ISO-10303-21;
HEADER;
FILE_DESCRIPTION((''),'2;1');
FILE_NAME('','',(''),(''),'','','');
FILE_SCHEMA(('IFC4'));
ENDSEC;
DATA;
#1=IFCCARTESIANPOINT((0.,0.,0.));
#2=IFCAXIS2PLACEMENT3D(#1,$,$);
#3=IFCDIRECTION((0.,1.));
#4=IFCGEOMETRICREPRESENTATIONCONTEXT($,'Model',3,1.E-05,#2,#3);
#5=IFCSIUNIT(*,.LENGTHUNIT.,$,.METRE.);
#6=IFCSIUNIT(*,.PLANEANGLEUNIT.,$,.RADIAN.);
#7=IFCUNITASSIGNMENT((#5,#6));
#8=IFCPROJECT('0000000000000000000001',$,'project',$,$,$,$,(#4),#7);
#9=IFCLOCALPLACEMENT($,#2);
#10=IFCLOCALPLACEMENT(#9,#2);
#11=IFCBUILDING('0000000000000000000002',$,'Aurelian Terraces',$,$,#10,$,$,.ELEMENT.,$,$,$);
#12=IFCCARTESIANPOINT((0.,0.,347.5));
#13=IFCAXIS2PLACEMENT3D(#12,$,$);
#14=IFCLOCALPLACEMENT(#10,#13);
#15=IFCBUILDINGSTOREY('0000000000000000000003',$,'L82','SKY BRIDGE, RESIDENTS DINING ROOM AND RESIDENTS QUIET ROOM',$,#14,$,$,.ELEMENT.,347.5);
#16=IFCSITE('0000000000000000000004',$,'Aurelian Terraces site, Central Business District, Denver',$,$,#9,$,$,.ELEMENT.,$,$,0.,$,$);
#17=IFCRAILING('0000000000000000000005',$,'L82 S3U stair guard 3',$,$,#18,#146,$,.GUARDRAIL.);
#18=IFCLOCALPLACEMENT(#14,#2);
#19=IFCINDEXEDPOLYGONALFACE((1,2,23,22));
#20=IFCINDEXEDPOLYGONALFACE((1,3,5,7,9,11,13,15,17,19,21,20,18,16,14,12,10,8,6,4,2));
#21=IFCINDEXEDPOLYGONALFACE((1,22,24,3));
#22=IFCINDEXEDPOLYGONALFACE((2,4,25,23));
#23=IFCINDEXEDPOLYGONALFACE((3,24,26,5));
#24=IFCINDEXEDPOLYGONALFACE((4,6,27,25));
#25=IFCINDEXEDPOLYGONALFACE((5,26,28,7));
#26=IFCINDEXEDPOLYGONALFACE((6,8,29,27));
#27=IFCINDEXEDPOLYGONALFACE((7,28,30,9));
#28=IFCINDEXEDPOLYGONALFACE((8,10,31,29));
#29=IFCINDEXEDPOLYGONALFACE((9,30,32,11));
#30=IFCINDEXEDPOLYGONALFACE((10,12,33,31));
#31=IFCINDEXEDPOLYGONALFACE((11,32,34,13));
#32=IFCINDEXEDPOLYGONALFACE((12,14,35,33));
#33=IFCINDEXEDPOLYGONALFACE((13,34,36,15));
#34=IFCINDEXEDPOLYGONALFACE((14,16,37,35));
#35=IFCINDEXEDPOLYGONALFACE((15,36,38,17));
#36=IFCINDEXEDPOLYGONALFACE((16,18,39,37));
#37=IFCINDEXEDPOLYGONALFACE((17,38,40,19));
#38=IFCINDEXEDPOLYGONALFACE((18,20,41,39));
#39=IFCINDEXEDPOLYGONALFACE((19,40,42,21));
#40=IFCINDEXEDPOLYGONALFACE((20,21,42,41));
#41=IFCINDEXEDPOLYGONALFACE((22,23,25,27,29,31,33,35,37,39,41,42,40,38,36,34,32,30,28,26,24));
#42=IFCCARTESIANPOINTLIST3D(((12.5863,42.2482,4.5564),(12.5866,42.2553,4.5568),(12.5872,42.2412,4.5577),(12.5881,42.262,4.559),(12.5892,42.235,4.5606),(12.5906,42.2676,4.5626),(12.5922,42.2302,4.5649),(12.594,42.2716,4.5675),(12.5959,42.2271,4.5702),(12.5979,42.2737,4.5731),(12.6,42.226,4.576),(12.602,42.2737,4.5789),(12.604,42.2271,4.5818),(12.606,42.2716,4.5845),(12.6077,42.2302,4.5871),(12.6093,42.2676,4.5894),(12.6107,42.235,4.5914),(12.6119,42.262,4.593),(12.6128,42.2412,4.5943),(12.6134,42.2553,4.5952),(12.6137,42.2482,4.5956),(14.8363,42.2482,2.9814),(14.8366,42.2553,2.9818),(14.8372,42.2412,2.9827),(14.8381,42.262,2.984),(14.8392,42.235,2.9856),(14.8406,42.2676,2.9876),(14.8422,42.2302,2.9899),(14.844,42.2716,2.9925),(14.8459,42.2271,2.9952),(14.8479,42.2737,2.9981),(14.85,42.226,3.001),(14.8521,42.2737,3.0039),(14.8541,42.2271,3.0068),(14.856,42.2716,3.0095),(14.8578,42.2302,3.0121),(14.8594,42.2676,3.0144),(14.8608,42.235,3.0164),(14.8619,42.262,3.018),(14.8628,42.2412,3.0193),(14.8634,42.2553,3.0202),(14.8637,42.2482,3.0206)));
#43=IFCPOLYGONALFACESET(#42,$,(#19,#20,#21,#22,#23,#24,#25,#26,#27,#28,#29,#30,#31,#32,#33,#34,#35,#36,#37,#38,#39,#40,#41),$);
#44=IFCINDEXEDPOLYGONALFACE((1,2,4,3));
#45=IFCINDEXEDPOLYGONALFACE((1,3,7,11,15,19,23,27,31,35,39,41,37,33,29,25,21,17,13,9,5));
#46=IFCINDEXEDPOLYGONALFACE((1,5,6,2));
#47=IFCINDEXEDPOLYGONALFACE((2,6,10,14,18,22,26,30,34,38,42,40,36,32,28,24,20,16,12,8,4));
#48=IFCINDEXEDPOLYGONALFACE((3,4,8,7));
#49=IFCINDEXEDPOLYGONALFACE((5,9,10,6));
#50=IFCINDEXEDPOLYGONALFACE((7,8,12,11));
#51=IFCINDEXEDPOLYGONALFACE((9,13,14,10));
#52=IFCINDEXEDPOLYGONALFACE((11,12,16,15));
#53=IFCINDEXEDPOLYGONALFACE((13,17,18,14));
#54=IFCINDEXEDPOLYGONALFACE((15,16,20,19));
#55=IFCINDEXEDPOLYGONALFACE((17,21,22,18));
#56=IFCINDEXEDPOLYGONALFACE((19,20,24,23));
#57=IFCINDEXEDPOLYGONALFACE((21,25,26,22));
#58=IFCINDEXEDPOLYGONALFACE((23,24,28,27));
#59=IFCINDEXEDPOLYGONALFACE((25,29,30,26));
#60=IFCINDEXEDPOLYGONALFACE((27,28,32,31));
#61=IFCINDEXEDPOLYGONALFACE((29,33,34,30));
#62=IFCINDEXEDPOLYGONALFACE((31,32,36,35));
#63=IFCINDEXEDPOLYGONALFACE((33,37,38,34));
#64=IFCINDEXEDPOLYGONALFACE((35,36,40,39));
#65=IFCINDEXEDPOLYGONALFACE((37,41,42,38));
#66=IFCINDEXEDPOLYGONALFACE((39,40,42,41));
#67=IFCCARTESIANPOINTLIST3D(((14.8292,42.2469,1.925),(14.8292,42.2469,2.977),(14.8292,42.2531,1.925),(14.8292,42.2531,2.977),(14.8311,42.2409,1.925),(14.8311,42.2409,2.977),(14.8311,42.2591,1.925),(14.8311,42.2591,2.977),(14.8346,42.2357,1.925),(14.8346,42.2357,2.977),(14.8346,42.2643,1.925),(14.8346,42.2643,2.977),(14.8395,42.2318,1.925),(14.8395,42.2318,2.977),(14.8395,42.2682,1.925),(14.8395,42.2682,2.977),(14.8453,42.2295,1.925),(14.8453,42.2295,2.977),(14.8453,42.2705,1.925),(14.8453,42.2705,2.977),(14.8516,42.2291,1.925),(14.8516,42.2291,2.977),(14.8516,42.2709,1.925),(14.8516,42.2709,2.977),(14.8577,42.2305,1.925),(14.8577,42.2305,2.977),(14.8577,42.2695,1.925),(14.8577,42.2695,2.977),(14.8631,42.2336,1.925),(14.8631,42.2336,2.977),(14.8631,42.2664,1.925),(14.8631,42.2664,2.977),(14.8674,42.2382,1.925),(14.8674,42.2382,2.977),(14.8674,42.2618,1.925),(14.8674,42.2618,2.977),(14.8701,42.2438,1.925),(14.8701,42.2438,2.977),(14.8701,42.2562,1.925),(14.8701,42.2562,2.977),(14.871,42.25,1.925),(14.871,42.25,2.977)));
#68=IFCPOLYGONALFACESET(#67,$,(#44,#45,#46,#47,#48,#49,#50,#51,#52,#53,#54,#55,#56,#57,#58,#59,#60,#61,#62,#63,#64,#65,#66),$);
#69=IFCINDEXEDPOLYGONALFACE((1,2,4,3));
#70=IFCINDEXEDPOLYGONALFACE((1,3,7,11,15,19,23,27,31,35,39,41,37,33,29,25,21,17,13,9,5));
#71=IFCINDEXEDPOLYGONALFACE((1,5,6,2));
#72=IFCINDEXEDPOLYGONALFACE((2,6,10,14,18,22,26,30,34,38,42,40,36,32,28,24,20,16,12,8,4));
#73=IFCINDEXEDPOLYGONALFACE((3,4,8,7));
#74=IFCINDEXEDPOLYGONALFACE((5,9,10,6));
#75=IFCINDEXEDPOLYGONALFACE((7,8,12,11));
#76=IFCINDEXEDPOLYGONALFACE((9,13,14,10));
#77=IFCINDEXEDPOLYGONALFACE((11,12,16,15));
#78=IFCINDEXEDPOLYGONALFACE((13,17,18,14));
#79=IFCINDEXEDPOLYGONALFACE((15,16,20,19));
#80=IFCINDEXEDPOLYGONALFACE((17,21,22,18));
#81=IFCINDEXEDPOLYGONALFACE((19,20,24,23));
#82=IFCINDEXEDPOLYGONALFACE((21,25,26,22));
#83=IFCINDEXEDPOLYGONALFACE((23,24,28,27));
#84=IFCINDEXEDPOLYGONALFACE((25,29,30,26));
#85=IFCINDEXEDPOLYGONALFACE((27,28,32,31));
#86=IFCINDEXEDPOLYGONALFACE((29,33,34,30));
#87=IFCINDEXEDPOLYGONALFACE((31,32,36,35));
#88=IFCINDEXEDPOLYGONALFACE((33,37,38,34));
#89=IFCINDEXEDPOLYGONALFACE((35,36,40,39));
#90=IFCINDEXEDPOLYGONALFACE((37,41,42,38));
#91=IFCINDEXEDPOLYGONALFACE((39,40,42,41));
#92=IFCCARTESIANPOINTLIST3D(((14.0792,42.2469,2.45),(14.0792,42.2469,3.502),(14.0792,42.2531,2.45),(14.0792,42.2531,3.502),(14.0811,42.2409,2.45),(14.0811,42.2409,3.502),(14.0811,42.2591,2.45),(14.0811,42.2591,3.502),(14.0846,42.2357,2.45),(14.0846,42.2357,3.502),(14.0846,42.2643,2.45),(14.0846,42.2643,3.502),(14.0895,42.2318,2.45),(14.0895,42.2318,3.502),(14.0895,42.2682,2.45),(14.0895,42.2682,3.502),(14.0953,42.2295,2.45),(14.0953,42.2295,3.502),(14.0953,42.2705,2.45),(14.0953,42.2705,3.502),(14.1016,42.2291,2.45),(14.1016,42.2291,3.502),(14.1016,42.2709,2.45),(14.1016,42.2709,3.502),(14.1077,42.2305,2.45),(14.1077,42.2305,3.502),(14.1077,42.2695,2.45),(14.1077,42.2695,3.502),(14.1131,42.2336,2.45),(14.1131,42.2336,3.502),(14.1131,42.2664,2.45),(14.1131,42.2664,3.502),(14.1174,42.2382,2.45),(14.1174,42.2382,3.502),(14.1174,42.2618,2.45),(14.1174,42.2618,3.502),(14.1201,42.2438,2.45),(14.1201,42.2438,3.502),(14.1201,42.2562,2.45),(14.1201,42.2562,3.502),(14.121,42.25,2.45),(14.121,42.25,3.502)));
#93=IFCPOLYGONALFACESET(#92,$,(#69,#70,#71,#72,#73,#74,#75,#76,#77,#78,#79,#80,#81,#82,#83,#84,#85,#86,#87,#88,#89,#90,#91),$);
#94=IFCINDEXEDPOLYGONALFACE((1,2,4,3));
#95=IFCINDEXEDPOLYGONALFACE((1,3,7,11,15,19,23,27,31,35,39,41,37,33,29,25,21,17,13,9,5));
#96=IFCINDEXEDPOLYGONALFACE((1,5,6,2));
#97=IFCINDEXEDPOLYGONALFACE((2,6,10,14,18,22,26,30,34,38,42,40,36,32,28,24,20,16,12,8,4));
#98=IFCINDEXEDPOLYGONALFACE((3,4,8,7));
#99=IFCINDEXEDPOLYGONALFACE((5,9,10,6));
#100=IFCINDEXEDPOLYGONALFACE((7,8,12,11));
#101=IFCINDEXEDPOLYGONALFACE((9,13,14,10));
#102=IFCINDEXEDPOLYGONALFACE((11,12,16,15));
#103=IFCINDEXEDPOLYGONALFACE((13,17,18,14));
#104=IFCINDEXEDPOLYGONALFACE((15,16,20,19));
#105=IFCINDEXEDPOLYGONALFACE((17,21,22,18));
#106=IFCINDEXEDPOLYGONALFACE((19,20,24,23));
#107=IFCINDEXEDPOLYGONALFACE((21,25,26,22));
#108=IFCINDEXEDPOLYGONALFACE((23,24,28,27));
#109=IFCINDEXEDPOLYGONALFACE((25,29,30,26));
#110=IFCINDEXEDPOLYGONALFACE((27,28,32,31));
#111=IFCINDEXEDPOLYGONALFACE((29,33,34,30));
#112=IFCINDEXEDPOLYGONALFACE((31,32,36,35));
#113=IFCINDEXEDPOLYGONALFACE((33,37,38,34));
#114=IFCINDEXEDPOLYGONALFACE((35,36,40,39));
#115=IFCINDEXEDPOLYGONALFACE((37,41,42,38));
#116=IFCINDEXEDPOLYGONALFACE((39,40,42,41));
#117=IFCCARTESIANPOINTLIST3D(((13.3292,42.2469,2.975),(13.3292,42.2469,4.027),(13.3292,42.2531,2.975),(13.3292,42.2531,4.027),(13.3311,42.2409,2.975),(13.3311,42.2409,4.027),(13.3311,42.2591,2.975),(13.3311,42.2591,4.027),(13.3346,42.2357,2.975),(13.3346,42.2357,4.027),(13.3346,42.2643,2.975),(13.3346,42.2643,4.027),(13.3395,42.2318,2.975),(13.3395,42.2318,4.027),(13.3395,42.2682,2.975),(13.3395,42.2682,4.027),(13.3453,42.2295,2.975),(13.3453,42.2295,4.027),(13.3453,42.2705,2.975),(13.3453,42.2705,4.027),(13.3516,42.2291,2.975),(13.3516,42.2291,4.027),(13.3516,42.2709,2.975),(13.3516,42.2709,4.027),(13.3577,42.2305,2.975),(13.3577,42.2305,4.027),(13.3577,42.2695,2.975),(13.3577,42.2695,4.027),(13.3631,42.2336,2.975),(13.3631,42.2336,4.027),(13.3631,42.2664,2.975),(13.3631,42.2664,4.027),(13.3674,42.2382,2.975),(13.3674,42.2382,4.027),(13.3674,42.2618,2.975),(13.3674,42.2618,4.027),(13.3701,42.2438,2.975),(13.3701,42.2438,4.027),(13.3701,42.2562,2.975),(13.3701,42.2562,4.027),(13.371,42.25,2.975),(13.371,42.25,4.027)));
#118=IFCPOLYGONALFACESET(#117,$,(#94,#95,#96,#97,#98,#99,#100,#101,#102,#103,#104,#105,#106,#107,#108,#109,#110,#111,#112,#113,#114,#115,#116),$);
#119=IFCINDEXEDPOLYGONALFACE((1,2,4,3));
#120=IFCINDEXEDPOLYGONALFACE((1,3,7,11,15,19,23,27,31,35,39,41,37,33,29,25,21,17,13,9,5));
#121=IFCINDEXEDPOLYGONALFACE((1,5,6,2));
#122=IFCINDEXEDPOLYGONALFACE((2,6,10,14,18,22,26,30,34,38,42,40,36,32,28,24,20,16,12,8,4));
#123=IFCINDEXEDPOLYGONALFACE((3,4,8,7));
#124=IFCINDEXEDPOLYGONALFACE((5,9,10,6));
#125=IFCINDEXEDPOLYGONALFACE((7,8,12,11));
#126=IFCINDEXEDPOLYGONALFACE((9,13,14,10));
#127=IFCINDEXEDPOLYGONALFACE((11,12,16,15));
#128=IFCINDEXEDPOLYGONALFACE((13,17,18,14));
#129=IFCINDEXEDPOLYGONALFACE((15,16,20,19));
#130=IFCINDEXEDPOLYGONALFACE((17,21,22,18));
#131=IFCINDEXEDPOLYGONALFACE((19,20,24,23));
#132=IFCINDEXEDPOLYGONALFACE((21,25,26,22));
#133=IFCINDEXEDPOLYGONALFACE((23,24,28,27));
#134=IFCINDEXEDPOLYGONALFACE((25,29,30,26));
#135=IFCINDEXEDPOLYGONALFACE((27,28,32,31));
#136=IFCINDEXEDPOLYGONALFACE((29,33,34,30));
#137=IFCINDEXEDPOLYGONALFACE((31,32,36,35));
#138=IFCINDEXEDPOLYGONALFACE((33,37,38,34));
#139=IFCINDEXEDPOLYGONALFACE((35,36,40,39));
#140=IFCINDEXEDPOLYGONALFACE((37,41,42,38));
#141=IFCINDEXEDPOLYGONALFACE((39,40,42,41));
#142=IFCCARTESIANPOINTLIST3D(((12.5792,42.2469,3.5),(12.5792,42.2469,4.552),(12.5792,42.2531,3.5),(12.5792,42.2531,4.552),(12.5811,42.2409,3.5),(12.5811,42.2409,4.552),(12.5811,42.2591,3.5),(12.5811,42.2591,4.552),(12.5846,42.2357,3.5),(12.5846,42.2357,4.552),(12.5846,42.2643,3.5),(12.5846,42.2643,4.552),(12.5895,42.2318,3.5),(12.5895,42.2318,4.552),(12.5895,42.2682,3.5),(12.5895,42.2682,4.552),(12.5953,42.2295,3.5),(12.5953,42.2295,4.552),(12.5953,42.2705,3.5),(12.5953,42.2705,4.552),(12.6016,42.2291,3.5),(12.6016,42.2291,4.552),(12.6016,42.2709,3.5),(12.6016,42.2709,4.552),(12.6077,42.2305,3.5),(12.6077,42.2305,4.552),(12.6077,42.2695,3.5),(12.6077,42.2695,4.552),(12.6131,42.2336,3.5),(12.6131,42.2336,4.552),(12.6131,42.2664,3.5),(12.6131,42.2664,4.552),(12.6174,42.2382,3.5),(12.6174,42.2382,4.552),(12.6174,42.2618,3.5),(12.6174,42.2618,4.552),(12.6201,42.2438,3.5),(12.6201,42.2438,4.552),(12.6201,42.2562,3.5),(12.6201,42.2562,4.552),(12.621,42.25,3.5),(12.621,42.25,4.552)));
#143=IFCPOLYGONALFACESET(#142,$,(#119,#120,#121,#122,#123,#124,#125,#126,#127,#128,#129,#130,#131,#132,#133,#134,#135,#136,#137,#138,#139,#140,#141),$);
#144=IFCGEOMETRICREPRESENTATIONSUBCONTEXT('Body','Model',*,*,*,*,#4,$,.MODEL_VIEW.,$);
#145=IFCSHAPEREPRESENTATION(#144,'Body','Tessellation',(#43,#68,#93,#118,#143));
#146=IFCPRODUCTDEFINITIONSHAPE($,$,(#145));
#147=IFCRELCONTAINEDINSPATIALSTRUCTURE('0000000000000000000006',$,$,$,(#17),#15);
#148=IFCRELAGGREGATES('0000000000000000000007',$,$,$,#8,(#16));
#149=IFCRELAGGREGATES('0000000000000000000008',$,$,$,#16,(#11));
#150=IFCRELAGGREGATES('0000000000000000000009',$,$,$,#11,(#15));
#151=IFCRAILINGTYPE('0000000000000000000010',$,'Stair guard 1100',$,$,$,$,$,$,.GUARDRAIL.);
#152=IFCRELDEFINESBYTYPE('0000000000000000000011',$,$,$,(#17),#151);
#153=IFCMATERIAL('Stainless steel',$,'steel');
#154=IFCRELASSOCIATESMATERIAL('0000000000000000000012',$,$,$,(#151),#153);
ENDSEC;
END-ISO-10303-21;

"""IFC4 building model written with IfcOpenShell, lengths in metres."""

from ifc_helpers import new_model, si_unit, direction, frame, origin, origin_2d, place, context, subcontext, project, spatial, circle, extrude, source, transform, mapped, material, type_object, element, save


model = new_model("IFC4")

# Units and contexts
model_context = context("Model", 3, precision=1e-05, world=origin(), true_north=direction((0.0, 1.0)))
body_context = subcontext(model_context, "Body", "Model", "MODEL_VIEW")
ifc_project = project(units=[si_unit("LENGTHUNIT", "METRE"), si_unit("PLANEANGLEUNIT", "RADIAN")], contexts=[model_context])

# Site, building, storey
site_placement = place(None, origin())
site = spatial("IfcSite", under=ifc_project, at=site_placement, Name="Aurelian Terraces site, Central Business District, Denver", CompositionType="ELEMENT", RefElevation=0.0)
building_placement = place(site_placement, origin())
building = spatial("IfcBuilding", under=site, at=building_placement, Name="Aurelian Terraces", CompositionType="ELEMENT")
storey_placement = place(building_placement, frame((0.0, 0.0, 347.5)))
storey = spatial("IfcBuildingStorey", under=building, at=storey_placement, Name="L82", Description="SKY BRIDGE, RESIDENTS DINING ROOM AND RESIDENTS QUIET ROOM", CompositionType="ELEMENT", Elevation=347.5)

# Railing
ifc_material_1 = material(Name="Stainless steel", Category="steel")
railing_type_1 = type_object("IfcRailingType", Name="Stair guard 1100", PredefinedType="GUARDRAIL", material=ifc_material_1)
shared_shape_1 = source(origin(), body_context, "Body", "SweptSolid", [
    extrude(circle(Radius=0.024, at=origin_2d()), frame((0.0, 0.0, 1.076), z_axis=(-0.819232, 0.0, 0.573462), x_axis=(0.0, -1.0, 0.0)), (0.0, 0.0, 1.0), 2.7465),
    extrude(circle(Radius=0.021, at=origin_2d()), origin(), (0.0, 0.0, 1.0), 1.052),
    extrude(circle(Radius=0.021, at=origin_2d()), frame((-0.75, 0.0, 0.525)), (0.0, 0.0, 1.0), 1.052),
    extrude(circle(Radius=0.021, at=origin_2d()), frame((-1.5, 0.0, 1.05)), (0.0, 0.0, 1.0), 1.052),
    extrude(circle(Radius=0.021, at=origin_2d()), frame((-2.25, 0.0, 1.575)), (0.0, 0.0, 1.0), 1.052),
])
railing_1_placement = place(storey_placement, frame((14.85, 42.25, 1.925)))
element("IfcRailing", 1, at=railing_1_placement, inside=storey, type_object=railing_type_1, Name="L82 S3U stair guard 3", PredefinedType="GUARDRAIL", context=body_context, shape_type="MappedRepresentation", body=[
    mapped(shared_shape_1, transform((0.0, 0.0, 0.0), scale=1.0)),
])

save(model, "model.ifc")
